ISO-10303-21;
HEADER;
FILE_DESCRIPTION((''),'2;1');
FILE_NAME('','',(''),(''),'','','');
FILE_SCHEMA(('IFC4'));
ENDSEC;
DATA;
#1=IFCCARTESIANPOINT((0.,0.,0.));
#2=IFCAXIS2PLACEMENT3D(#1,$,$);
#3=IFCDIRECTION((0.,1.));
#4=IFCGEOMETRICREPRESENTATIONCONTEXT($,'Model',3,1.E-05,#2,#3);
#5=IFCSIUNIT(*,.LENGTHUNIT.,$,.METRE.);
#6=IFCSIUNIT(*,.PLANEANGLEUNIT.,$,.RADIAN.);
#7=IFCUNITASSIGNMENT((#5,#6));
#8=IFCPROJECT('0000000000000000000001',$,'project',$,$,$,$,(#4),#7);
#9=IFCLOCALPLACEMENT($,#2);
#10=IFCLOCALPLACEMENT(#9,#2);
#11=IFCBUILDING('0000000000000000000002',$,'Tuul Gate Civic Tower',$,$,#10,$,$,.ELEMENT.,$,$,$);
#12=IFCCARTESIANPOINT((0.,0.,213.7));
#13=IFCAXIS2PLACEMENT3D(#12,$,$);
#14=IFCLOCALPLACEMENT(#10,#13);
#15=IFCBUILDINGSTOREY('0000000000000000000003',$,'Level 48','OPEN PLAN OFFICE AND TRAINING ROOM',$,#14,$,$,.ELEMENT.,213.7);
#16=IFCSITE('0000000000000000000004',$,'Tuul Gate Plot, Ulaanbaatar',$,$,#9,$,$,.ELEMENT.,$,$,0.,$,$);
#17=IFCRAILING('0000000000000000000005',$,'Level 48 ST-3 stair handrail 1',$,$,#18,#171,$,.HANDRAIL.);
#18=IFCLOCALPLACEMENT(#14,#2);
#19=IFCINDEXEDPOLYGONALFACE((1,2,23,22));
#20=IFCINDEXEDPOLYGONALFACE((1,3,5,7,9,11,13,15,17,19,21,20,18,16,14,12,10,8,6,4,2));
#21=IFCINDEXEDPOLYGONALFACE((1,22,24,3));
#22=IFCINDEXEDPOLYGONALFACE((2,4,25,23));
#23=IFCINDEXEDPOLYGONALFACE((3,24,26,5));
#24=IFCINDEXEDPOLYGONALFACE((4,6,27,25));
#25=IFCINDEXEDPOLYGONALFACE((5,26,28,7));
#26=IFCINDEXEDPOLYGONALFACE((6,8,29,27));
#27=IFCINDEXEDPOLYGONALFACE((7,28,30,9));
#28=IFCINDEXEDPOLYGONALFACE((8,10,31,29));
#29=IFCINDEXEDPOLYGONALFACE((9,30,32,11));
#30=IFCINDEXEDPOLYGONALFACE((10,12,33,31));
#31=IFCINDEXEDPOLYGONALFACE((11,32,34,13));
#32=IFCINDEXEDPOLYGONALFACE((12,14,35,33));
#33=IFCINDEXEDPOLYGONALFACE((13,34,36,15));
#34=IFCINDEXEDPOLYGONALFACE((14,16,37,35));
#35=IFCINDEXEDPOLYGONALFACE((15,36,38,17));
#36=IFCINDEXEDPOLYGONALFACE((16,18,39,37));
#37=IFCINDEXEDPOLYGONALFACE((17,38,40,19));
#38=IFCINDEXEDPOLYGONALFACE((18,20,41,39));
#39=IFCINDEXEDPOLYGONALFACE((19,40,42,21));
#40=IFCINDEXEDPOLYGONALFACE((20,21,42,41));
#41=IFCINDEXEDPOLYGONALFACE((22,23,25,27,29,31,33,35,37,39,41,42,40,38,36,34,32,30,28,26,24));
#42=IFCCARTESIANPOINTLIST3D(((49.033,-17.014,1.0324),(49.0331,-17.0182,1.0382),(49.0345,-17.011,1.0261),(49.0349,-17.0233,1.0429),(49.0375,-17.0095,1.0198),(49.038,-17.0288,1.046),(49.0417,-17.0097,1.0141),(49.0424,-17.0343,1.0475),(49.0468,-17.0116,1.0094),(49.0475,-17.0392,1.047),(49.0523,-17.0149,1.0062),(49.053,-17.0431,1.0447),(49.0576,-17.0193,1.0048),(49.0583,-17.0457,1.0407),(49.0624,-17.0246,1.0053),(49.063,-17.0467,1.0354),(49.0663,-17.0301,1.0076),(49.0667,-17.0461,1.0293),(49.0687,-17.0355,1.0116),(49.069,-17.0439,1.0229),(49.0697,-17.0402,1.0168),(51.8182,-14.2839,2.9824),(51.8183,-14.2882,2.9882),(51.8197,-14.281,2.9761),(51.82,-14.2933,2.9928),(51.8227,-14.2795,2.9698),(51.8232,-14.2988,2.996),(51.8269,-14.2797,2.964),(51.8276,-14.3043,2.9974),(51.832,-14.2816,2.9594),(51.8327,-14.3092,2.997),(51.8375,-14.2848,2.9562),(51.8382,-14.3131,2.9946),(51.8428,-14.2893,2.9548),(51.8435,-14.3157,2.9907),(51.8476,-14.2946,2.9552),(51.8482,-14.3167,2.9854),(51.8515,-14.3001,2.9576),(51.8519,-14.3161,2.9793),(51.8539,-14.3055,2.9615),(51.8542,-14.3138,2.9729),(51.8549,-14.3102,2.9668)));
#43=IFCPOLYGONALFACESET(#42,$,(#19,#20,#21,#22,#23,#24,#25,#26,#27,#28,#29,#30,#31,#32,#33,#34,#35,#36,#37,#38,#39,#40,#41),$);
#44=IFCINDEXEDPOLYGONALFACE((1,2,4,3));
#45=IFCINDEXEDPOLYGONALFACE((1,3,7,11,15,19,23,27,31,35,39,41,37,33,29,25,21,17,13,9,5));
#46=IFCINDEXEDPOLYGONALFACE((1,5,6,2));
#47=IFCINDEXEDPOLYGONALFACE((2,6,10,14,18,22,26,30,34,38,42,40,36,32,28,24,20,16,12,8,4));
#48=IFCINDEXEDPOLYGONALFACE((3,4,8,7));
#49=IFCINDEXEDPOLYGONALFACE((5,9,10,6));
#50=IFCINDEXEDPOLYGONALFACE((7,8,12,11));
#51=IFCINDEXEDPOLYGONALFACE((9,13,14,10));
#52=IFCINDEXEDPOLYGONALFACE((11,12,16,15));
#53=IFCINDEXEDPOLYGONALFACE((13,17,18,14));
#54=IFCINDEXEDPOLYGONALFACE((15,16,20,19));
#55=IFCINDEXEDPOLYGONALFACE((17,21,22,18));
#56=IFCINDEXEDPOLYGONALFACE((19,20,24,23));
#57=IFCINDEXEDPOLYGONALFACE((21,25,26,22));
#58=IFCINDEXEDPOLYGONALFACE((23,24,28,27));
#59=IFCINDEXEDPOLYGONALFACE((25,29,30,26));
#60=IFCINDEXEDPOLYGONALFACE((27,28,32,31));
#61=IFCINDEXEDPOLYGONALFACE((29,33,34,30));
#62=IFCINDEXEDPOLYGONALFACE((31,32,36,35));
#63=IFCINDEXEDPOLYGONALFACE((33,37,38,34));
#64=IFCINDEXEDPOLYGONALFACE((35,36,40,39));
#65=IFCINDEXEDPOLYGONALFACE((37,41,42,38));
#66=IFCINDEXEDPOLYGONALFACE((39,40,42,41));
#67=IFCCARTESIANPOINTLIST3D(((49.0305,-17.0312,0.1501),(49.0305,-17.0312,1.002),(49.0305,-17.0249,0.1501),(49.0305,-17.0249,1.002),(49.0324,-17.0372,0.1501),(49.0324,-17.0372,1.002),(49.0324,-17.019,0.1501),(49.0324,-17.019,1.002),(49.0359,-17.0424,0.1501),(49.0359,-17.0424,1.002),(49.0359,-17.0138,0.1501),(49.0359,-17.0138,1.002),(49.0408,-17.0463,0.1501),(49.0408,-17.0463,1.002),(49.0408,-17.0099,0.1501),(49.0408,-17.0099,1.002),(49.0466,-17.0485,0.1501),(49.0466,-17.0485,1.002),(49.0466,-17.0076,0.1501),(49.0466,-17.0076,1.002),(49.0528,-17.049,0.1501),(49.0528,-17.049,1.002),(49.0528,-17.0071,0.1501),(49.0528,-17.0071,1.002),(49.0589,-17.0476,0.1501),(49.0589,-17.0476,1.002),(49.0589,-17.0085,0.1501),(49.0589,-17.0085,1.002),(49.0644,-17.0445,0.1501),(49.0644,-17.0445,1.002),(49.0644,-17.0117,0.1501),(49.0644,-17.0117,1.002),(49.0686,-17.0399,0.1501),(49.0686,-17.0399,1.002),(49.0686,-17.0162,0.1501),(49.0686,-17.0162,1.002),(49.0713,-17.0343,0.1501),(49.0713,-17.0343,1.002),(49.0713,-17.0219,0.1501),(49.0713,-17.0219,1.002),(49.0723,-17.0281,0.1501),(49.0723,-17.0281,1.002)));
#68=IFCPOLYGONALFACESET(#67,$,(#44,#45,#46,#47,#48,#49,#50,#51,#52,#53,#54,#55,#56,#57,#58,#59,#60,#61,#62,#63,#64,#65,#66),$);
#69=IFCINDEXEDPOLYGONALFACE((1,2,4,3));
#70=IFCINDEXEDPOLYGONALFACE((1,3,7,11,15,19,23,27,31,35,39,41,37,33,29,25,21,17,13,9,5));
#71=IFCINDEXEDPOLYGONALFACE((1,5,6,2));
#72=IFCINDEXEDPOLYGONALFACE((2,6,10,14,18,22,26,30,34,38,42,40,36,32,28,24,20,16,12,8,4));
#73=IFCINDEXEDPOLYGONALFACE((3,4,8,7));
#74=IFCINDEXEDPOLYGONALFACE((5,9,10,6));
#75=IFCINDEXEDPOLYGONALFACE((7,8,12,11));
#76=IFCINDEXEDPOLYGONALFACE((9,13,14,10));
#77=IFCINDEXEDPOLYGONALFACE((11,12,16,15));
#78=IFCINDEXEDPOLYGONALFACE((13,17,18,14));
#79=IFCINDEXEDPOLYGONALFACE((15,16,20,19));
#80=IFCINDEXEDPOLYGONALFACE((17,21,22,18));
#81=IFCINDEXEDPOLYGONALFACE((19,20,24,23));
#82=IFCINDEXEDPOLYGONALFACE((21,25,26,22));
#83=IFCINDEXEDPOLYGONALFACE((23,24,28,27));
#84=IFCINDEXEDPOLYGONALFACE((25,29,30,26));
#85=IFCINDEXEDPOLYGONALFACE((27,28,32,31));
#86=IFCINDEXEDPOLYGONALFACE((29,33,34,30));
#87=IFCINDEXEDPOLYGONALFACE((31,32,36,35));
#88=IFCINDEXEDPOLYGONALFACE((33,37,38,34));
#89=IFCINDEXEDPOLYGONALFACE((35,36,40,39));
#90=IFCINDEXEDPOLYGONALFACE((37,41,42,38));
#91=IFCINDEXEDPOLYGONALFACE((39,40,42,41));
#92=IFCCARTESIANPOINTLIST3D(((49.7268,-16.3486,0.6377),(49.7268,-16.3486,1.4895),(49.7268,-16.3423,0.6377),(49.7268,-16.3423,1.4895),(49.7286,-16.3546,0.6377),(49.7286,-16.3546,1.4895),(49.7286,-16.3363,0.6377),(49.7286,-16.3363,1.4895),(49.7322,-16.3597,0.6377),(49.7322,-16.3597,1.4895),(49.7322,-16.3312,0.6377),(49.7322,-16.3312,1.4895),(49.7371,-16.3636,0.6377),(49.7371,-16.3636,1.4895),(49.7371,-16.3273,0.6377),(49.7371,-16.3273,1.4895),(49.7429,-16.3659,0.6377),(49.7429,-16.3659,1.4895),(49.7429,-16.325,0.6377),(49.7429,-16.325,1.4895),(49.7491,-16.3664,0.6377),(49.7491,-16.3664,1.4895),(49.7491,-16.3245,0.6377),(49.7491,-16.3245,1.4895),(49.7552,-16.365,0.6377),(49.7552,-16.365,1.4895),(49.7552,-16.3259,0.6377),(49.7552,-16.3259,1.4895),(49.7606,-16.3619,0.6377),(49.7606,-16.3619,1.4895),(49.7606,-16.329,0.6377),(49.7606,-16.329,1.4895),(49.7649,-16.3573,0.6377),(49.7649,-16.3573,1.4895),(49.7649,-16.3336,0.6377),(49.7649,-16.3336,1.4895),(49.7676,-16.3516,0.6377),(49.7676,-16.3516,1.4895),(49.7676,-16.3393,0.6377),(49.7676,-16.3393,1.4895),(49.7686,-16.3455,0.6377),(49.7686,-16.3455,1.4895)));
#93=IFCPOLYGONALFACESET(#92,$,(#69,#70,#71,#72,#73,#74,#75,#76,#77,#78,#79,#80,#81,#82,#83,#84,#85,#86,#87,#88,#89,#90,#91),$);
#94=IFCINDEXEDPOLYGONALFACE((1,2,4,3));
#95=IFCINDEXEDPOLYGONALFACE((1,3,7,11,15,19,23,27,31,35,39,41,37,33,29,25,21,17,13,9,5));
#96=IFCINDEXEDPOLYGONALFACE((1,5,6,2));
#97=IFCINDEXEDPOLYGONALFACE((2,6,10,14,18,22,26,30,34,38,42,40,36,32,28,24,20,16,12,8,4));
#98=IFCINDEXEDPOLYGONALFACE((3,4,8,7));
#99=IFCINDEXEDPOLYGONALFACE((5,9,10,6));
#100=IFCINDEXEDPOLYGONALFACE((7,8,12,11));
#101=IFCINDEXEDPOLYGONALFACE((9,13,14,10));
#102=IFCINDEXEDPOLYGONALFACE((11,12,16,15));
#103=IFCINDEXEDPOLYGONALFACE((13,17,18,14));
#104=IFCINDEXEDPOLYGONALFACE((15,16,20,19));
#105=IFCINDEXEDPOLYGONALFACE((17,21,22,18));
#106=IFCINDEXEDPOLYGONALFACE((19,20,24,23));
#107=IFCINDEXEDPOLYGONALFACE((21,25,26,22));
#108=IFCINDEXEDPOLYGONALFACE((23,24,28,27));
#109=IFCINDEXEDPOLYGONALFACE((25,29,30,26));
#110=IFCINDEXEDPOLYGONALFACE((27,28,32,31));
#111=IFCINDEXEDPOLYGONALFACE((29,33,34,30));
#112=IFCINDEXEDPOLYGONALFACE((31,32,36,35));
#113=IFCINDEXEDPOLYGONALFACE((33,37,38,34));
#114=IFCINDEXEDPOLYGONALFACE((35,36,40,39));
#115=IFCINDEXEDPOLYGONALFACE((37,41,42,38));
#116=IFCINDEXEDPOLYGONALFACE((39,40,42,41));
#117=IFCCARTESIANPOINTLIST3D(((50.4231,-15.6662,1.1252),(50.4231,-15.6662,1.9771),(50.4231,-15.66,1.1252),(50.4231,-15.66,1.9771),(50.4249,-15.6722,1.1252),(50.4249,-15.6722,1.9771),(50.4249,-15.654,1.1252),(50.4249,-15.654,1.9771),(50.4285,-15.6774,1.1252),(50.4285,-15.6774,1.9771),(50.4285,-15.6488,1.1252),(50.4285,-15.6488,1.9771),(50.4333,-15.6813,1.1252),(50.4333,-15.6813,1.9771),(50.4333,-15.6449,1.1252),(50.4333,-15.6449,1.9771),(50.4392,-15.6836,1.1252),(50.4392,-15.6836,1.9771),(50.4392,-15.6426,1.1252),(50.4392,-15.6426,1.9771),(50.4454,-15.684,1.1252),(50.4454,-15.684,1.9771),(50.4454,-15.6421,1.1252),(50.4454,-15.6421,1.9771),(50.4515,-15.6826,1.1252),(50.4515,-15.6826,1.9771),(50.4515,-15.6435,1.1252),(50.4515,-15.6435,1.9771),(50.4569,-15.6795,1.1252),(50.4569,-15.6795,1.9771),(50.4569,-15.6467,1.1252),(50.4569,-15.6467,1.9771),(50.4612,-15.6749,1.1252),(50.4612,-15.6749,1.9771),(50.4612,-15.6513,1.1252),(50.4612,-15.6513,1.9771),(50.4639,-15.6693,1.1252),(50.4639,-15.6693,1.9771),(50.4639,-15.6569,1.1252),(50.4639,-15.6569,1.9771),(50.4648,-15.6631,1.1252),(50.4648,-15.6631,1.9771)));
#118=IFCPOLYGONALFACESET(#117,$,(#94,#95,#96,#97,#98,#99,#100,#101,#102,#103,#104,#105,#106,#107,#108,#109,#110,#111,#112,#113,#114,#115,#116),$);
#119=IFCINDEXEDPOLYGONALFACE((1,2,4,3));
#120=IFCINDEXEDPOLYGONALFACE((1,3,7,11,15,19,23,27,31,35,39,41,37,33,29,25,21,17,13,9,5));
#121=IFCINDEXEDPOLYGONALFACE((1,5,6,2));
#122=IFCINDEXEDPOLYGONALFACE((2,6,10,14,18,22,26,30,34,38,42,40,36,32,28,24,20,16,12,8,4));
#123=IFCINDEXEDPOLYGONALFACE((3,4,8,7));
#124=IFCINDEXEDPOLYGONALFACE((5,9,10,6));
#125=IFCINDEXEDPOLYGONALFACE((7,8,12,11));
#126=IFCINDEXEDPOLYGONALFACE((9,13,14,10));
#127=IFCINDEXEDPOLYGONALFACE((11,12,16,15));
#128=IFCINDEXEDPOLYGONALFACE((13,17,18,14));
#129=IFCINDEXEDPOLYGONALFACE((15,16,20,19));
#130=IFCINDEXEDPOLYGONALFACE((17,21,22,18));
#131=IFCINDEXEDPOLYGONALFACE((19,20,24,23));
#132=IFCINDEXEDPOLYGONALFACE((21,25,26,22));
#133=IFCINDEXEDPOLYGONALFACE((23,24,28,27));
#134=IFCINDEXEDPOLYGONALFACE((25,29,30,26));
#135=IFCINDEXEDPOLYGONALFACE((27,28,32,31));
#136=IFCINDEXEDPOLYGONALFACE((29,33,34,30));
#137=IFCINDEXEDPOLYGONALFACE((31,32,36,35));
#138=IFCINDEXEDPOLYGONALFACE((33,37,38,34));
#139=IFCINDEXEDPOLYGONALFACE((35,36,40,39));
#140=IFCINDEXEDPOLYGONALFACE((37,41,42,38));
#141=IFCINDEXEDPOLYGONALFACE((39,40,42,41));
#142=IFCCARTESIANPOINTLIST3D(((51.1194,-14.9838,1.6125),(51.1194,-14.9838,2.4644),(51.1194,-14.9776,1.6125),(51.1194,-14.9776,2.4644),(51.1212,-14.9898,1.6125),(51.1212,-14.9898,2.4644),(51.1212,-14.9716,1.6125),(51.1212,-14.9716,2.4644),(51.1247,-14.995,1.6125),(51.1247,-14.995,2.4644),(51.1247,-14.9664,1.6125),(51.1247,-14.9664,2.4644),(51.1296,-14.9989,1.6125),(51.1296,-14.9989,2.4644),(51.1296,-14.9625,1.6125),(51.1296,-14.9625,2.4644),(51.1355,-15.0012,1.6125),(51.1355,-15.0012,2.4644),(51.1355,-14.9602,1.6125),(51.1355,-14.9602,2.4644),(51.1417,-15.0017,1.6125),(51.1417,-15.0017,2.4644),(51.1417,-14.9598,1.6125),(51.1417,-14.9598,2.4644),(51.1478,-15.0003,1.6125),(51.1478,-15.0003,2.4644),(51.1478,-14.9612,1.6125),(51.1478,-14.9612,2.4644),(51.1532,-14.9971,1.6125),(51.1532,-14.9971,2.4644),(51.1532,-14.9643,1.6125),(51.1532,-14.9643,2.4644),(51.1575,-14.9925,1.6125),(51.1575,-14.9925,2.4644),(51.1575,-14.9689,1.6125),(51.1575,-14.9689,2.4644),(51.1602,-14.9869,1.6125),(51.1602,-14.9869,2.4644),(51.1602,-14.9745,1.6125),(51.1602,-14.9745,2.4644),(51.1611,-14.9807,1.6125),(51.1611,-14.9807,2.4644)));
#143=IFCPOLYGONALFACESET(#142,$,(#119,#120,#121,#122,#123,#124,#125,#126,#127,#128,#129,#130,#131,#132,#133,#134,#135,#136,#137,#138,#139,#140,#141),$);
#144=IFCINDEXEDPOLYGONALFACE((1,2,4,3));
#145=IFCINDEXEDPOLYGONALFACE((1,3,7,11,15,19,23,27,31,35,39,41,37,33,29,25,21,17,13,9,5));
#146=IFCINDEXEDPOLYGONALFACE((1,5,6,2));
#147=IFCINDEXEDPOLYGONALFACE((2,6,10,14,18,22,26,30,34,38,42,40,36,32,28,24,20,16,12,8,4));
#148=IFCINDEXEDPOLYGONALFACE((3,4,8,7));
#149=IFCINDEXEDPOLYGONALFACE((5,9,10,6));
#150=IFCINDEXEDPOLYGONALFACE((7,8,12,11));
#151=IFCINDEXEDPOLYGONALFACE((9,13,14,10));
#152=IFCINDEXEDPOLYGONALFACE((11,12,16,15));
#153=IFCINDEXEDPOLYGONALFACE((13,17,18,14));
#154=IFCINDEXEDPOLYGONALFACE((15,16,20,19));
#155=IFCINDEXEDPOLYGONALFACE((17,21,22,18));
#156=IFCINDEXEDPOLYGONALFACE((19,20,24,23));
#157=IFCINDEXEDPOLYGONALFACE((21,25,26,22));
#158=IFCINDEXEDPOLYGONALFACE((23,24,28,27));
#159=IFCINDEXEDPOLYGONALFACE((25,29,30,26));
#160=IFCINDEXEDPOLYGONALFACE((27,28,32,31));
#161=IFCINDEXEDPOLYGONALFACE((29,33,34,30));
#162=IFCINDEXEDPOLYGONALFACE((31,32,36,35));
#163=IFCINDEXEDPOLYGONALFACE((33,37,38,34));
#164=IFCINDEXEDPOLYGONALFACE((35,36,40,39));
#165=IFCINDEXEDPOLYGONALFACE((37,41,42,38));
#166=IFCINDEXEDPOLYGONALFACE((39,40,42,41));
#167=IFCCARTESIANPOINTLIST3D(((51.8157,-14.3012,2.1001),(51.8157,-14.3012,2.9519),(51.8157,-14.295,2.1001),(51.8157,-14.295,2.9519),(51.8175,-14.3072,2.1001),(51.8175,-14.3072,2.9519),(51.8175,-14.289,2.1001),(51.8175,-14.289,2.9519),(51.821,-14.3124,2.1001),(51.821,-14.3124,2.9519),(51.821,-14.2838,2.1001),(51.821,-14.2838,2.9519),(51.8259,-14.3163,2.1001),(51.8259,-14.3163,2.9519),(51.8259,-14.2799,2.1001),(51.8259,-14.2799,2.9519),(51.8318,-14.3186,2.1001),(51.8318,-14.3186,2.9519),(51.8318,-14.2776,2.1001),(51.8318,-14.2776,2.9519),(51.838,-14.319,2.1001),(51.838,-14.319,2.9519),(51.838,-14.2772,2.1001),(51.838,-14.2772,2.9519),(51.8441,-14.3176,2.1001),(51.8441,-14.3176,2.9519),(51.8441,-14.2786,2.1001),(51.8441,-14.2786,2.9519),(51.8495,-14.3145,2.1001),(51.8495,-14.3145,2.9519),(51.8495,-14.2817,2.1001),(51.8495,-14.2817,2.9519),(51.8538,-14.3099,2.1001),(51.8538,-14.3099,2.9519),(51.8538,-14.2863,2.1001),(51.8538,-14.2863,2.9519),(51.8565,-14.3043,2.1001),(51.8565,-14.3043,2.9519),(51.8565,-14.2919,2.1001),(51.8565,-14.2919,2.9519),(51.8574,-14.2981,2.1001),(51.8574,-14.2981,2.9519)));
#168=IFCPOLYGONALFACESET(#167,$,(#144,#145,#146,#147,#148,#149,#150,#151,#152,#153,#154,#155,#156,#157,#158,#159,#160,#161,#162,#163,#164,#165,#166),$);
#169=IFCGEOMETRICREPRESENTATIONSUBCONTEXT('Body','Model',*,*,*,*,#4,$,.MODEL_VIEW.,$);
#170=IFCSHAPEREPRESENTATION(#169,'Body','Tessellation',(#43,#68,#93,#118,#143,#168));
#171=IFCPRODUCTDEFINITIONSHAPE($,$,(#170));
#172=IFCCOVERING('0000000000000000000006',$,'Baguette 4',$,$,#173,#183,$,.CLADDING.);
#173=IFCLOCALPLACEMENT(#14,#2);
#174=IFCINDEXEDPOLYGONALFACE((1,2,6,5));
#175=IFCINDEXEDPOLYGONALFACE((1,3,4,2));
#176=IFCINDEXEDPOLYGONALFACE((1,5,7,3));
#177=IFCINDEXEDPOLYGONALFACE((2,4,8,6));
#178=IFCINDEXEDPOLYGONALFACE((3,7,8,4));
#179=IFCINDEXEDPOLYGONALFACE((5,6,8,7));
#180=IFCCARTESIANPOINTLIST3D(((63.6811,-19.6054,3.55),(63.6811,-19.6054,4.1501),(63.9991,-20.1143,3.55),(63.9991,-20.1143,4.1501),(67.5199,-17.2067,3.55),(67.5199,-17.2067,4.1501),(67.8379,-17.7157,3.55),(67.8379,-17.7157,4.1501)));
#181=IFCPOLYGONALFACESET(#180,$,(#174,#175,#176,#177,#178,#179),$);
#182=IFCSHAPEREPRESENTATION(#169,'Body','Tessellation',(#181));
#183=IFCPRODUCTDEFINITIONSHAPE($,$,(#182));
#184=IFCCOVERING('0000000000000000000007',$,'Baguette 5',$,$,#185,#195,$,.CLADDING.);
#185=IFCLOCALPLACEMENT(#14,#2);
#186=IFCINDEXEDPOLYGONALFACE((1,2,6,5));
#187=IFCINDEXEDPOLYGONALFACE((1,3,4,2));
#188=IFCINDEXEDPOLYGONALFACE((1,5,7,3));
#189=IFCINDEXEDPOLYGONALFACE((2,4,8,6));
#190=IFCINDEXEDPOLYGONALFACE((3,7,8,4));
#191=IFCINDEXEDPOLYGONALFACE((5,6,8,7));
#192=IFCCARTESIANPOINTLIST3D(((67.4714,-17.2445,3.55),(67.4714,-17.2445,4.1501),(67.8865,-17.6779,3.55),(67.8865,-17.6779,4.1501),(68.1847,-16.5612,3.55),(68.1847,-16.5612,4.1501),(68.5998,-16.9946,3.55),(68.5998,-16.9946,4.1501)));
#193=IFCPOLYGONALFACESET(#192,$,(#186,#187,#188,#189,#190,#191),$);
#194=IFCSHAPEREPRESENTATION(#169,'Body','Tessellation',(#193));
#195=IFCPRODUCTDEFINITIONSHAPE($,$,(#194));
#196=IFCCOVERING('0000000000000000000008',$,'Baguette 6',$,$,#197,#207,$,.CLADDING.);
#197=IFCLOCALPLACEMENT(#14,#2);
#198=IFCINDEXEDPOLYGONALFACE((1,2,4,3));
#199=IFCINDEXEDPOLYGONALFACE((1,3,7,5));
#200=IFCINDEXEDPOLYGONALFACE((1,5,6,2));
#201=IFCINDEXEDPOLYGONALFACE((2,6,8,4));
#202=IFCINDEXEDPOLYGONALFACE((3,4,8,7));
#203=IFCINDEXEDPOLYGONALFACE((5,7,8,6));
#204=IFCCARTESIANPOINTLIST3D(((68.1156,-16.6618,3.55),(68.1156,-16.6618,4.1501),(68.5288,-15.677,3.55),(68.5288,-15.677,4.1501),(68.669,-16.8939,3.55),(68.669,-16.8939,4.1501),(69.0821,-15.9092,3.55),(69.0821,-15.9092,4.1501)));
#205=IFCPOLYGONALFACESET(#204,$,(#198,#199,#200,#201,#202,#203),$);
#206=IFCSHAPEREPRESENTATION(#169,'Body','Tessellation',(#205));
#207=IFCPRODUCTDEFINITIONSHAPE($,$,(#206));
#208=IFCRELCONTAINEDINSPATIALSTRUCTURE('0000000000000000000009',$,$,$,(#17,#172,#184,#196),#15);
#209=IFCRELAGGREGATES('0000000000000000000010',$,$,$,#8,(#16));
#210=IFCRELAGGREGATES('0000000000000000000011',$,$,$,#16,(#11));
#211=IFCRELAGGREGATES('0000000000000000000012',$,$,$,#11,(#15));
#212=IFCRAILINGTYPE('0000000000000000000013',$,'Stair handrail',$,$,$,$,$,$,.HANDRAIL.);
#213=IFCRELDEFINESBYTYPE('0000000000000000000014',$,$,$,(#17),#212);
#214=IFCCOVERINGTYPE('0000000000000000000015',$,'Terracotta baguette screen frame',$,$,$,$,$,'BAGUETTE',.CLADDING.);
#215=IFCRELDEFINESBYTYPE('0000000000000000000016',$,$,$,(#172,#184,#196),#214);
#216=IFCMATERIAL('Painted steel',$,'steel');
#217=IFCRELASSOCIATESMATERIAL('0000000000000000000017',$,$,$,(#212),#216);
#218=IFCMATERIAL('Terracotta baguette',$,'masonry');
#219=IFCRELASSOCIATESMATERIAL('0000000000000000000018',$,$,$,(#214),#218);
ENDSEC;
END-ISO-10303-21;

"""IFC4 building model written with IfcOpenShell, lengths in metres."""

from ifc_helpers import new_model, si_unit, direction, frame, origin, origin_2d, place, context, subcontext, project, spatial, rectangle, circle, extrude, material, material_profile, profile_set, type_object, element, save


model = new_model("IFC4")

# Units and contexts
model_context = context("Model", 3, precision=1e-05, world=origin(), true_north=direction((0.0, 1.0)))
body_context = subcontext(model_context, "Body", "Model", "MODEL_VIEW")
ifc_project = project(units=[si_unit("LENGTHUNIT", "METRE"), si_unit("PLANEANGLEUNIT", "RADIAN")], contexts=[model_context])

# Site, building, storey
site_placement = place(None, origin())
site = spatial("IfcSite", under=ifc_project, at=site_placement, Name="Tuul Gate Plot, Ulaanbaatar", CompositionType="ELEMENT", RefElevation=0.0)
building_placement = place(site_placement, origin())
building = spatial("IfcBuilding", under=site, at=building_placement, Name="Tuul Gate Civic Tower", CompositionType="ELEMENT")
storey_placement = place(building_placement, frame((0.0, 0.0, 213.7)))
storey = spatial("IfcBuildingStorey", under=building, at=storey_placement, Name="Level 48", Description="OPEN PLAN OFFICE AND TRAINING ROOM", CompositionType="ELEMENT", Elevation=213.7)

# Railing
ifc_material_1 = material(Name="Painted steel", Category="steel")
railing_type = type_object("IfcRailingType", Name="Stair handrail", PredefinedType="HANDRAIL", material=ifc_material_1)
railing_placement = place(storey_placement, frame((49.0513, -17.0281, 0.1501)))
element("IfcRailing", 1, at=railing_placement, inside=storey, type_object=railing_type, Name="Level 48 ST-3 stair handrail 1", PredefinedType="HANDRAIL", context=body_context, shape_type="SweptSolid", body=[
    extrude(circle(Radius=0.0239, at=origin_2d()), frame((0.0, 0.0, 0.876), z_axis=(0.638754, 0.6261, 0.447206), x_axis=(-0.699998, 0.714145, 0.0)), (0.0, 0.0, 1.0), 4.3604),
    extrude(circle(Radius=0.021, at=origin_2d()), origin(), (0.0, 0.0, 1.0), 0.8518),
    extrude(circle(Radius=0.021, at=origin_2d()), frame((0.6963, 0.6826, 0.4875)), (0.0, 0.0, 1.0), 0.8518),
    extrude(circle(Radius=0.021, at=origin_2d()), frame((1.3926, 1.365, 0.9751)), (0.0, 0.0, 1.0), 0.8518),
    extrude(circle(Radius=0.021, at=origin_2d()), frame((2.0889, 2.0474, 1.4624)), (0.0, 0.0, 1.0), 0.8518),
    extrude(circle(Radius=0.021, at=origin_2d()), frame((2.7852, 2.73, 1.95)), (0.0, 0.0, 1.0), 0.8518),
])

# Coverings
ifc_material_2 = material(Name="Terracotta baguette", Category="masonry")
ifc_material_profile_1 = material_profile(ifc_material_2, rectangle(XDim=0.6001, YDim=0.6001, at=origin_2d()), Name="Terracotta baguette screen frame")
ifc_profile_set_1 = profile_set([ifc_material_profile_1], Name="Terracotta baguette")
covering_type = type_object("IfcCoveringType", Name="Terracotta baguette screen frame", ElementType="BAGUETTE", PredefinedType="CLADDING", material=ifc_profile_set_1)
covering_1_placement = place(storey_placement, frame((63.8401, -19.8599, 3.8501), z_axis=(0.848059, 0.529902, 0.0), x_axis=(-0.529902, 0.848059, 0.0)))
element("IfcCovering", 2, at=covering_1_placement, inside=storey, type_object=covering_type, Name="Baguette 4", PredefinedType="CLADDING", context=body_context, shape_type="SweptSolid", body=[
    extrude(rectangle(XDim=0.6001, YDim=0.6001, at=origin_2d()), origin(), (0.0, 0.0, 1.0), 4.5266),
])
covering_2_placement = place(storey_placement, frame((67.679, -17.4612, 3.8501), z_axis=(0.722143, 0.691744, 0.0), x_axis=(-0.691744, 0.722143, 0.0)))
element("IfcCovering", 3, at=covering_2_placement, inside=storey, type_object=covering_type, Name="Baguette 5", PredefinedType="CLADDING", context=body_context, shape_type="SweptSolid", body=[
    extrude(rectangle(XDim=0.6001, YDim=0.6001, at=origin_2d()), origin(), (0.0, 0.0, 1.0), 0.9878),
])
covering_3_placement = place(storey_placement, frame((68.3923, -16.7778, 3.8501), z_axis=(0.386871, 0.922134, 0.0), x_axis=(-0.922134, 0.386871, 0.0)))
element("IfcCovering", 4, at=covering_3_placement, inside=storey, type_object=covering_type, Name="Baguette 6", PredefinedType="CLADDING", context=body_context, shape_type="SweptSolid", body=[
    extrude(rectangle(XDim=0.6001, YDim=0.6001, at=origin_2d()), origin(), (0.0, 0.0, 1.0), 1.0679),
])

save(model, "model.ifc")
